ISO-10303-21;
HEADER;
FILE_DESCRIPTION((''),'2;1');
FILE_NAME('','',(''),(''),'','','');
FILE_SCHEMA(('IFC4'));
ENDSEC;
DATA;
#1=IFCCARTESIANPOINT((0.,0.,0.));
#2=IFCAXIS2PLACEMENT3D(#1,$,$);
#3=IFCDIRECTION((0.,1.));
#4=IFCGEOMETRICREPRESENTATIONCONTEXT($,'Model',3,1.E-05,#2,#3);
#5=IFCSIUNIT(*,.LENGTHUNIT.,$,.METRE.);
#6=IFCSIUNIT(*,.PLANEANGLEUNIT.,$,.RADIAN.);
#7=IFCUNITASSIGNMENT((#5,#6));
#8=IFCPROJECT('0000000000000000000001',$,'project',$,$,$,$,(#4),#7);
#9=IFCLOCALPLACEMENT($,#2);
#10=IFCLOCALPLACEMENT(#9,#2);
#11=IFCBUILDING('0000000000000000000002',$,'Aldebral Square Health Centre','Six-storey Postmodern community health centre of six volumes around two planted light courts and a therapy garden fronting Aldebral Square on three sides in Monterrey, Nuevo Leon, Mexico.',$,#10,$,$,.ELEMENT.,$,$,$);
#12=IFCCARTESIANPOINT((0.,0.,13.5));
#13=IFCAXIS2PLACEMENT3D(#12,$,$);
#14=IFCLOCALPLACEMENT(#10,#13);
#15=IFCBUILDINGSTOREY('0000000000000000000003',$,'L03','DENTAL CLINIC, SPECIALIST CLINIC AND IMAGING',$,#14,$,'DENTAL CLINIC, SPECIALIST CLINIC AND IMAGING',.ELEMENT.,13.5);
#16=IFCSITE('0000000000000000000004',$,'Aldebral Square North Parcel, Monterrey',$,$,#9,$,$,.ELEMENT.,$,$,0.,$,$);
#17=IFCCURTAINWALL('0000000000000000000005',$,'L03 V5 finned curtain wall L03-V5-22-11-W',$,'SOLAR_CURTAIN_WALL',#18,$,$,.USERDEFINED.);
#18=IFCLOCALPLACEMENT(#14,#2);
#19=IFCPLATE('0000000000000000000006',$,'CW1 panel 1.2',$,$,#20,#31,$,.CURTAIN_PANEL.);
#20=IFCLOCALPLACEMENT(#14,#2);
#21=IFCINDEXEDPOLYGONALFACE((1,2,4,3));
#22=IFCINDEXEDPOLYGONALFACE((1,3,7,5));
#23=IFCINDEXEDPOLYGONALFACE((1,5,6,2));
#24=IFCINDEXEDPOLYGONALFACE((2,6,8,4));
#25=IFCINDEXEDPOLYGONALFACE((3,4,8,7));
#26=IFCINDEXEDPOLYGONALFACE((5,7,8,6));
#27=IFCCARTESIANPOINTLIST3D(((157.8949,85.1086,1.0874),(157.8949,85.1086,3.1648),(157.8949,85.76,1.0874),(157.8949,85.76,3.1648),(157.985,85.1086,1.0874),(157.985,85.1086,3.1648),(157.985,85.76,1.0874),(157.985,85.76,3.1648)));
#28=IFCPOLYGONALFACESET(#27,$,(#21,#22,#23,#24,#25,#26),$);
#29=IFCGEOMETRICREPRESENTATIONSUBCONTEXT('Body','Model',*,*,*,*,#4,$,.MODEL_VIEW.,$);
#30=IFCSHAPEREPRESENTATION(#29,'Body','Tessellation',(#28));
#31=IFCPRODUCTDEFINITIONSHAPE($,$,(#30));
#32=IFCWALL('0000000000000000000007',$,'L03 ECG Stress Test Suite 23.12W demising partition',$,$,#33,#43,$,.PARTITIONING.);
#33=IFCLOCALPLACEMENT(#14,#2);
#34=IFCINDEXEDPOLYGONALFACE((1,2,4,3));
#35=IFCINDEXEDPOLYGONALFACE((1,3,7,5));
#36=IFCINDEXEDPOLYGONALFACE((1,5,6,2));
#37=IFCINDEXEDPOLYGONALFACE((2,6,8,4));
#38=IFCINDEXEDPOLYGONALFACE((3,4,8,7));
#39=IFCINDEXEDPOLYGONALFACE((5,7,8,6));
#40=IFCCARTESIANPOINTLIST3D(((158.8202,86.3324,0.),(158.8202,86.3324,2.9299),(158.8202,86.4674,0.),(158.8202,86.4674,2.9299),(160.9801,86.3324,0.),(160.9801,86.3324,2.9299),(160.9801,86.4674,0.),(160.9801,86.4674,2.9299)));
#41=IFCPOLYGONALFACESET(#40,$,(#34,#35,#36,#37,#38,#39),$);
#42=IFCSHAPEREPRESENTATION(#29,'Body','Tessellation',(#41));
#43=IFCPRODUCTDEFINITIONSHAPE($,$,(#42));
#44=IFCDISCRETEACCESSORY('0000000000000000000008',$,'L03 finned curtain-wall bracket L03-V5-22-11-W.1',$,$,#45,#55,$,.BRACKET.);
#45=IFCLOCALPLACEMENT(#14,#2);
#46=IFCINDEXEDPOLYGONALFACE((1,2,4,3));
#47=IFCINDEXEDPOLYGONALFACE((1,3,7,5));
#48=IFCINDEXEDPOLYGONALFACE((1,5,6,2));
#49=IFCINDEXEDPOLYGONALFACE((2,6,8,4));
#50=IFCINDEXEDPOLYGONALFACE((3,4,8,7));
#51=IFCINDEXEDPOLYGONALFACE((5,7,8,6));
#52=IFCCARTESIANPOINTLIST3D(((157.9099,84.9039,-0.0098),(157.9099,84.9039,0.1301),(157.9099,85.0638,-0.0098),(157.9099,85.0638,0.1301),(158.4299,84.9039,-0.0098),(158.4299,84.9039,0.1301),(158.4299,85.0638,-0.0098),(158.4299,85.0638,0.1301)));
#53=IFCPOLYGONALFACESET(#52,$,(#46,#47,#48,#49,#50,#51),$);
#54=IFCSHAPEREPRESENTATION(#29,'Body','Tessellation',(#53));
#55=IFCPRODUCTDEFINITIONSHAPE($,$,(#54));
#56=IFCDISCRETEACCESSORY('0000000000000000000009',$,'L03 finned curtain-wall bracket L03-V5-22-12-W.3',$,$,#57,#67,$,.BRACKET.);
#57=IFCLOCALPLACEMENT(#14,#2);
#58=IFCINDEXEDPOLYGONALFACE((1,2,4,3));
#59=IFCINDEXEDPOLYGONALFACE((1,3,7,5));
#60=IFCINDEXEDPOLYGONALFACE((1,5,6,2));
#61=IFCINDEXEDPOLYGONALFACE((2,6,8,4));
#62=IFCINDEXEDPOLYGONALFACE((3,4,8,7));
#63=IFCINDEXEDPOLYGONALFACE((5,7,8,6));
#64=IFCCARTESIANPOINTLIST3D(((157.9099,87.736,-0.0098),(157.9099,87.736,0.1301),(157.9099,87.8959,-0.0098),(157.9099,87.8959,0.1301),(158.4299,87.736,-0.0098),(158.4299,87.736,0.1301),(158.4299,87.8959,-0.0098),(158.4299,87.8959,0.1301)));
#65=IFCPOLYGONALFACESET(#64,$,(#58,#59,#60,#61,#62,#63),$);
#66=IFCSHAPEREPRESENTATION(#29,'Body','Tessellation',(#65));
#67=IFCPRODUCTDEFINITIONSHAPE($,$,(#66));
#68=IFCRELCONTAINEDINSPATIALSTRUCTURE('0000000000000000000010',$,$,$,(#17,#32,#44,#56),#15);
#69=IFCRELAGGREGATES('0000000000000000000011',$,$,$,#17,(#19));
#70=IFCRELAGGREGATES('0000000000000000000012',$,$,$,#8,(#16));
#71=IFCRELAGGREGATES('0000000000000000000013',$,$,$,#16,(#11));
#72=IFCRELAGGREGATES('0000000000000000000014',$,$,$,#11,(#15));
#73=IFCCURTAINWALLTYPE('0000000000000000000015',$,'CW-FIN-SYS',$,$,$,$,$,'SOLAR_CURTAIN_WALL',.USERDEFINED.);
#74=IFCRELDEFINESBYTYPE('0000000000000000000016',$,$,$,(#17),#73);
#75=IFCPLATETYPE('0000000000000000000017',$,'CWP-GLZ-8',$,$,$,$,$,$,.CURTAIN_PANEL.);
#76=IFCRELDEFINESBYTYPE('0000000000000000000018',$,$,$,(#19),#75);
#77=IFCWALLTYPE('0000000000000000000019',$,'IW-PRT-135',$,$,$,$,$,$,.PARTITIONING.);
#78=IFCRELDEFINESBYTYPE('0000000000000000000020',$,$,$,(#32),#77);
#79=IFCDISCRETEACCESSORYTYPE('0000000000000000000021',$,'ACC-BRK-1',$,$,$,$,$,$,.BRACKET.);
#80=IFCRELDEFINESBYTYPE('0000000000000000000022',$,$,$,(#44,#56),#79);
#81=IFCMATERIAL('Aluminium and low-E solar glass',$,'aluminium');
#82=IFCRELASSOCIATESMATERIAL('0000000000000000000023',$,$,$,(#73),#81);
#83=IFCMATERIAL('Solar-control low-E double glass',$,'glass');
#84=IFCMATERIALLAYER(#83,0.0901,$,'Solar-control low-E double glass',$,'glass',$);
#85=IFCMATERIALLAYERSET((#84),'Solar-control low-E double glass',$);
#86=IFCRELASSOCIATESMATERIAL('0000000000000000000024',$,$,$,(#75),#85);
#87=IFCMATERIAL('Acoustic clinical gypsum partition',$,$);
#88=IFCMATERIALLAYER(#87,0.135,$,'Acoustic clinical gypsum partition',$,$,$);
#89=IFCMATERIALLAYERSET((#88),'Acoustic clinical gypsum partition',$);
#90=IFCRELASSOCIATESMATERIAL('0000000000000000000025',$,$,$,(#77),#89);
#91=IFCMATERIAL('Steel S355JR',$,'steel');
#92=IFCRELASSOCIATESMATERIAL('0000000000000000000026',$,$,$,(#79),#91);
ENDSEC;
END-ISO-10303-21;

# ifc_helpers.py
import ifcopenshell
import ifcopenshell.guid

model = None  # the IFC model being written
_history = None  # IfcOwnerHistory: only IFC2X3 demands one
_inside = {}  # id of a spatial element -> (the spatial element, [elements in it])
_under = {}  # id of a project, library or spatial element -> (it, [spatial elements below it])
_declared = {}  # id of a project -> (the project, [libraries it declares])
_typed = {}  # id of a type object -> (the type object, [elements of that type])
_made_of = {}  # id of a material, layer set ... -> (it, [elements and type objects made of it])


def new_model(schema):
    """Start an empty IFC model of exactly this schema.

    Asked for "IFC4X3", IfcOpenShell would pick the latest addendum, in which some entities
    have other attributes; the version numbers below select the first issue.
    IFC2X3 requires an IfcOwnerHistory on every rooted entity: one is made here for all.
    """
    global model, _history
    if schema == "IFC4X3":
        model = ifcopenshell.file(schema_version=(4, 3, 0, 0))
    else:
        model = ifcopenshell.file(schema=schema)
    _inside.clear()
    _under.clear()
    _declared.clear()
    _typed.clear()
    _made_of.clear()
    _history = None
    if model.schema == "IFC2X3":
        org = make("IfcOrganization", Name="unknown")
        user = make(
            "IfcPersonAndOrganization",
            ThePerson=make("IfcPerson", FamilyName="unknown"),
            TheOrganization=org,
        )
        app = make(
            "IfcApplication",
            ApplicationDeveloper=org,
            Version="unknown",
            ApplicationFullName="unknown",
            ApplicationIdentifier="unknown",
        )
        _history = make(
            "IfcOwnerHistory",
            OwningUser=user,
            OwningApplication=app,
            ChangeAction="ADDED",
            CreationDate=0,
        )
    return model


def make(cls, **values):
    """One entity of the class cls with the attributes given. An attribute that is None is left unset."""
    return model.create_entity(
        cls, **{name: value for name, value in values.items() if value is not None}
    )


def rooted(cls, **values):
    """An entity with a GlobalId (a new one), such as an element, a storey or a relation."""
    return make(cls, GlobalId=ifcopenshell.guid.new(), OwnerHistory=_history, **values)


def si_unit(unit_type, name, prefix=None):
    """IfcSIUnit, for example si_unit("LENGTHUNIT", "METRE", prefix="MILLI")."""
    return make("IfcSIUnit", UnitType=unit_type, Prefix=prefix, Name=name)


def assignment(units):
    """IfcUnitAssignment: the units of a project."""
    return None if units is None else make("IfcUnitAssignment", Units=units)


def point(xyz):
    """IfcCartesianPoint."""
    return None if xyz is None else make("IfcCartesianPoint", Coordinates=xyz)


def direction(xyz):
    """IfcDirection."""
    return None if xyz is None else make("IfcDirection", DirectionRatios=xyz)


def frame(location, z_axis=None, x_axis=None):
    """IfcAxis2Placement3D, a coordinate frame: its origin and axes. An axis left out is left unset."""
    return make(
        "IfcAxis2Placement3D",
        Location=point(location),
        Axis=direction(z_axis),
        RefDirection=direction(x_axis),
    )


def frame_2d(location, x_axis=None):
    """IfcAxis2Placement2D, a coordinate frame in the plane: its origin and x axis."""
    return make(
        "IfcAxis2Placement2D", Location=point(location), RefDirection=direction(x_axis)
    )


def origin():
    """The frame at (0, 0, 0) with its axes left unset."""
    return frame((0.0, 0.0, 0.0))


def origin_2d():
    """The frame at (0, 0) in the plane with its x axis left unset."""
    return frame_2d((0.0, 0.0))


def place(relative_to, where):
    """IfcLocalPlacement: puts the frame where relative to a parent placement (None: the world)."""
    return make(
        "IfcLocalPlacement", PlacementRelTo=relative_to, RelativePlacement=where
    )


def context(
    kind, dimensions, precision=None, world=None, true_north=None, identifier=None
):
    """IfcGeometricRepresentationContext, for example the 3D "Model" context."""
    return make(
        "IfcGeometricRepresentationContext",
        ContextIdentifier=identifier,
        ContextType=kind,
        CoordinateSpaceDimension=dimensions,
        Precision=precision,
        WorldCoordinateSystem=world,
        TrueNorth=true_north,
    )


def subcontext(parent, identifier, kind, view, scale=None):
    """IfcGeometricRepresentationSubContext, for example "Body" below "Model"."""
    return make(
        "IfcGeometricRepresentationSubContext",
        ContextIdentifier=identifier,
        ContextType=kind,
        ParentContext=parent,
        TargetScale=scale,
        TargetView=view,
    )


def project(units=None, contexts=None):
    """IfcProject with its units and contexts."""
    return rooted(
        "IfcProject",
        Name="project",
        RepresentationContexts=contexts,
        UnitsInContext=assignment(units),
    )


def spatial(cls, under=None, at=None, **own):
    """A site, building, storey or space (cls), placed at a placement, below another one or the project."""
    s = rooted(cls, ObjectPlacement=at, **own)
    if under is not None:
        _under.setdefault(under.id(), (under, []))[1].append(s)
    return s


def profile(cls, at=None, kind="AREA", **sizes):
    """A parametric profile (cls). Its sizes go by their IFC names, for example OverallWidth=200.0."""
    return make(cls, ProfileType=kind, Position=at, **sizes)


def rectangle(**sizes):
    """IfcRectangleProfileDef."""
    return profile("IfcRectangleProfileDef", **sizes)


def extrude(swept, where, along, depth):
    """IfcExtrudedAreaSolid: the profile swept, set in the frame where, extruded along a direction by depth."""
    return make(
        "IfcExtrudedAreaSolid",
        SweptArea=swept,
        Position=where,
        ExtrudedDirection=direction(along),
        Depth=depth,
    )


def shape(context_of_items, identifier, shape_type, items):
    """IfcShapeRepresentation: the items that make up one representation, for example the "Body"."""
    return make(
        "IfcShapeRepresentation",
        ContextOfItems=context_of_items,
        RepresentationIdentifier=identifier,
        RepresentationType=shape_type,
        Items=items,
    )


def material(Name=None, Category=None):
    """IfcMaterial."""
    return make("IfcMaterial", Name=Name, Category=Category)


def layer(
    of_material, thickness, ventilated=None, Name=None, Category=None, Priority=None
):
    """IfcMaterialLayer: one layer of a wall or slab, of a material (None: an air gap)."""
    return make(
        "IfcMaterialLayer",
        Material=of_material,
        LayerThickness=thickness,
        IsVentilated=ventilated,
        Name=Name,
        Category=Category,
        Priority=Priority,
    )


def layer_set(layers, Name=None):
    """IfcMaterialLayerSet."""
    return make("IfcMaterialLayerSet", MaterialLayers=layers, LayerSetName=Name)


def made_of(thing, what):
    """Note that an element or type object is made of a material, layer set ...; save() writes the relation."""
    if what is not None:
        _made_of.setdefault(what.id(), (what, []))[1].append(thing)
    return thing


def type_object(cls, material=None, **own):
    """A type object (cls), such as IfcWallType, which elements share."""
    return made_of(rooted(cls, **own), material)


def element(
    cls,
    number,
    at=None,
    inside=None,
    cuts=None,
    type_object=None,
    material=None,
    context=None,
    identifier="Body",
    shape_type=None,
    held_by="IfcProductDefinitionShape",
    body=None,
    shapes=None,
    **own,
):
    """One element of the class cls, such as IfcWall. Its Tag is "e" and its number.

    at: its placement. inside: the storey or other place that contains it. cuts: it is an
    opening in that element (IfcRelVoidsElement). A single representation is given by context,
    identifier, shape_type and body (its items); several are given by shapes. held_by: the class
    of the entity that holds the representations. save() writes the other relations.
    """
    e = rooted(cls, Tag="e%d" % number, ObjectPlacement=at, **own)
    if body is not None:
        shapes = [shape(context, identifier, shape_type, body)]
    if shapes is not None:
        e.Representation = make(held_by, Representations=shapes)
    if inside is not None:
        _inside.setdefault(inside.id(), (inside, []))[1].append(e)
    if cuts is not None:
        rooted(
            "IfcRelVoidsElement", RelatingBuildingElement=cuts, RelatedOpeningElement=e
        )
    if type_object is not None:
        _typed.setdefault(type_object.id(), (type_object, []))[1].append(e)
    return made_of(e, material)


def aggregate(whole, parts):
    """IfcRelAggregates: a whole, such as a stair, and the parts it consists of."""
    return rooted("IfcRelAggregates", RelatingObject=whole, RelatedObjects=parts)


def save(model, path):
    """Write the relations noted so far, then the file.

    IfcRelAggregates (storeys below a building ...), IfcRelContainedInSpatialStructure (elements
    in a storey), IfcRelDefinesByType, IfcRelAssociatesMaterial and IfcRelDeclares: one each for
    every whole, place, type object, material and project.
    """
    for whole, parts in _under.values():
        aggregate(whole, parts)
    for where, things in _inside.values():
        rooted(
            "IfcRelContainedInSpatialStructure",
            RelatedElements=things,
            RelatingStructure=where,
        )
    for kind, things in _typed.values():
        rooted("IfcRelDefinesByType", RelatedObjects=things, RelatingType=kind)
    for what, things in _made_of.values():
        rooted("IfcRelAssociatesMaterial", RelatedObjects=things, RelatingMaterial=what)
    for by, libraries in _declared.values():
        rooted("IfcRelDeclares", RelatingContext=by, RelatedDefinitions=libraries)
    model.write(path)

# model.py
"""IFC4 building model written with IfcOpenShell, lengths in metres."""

from ifc_helpers import new_model, si_unit, direction, frame, frame_2d, origin, origin_2d, place, context, subcontext, project, spatial, rectangle, extrude, material, layer, layer_set, type_object, element, aggregate, save


model = new_model("IFC4")

# Units and contexts
model_context = context("Model", 3, precision=1e-05, world=origin(), true_north=direction((0.0, 1.0)))
body_context = subcontext(model_context, "Body", "Model", "MODEL_VIEW")
ifc_project = project(units=[si_unit("LENGTHUNIT", "METRE"), si_unit("PLANEANGLEUNIT", "RADIAN")], contexts=[model_context])

# Site, building, storey
site_placement = place(None, origin())
site = spatial("IfcSite", under=ifc_project, at=site_placement, Name="Aldebral Square North Parcel, Monterrey", CompositionType="ELEMENT", RefElevation=0.0)
building_placement = place(site_placement, origin())
building = spatial("IfcBuilding", under=site, at=building_placement, Name="Aldebral Square Health Centre", Description="Six-storey Postmodern community health centre of six volumes around two planted light courts and a therapy garden fronting Aldebral Square on three sides in Monterrey, Nuevo Leon, Mexico.", CompositionType="ELEMENT")
storey_placement = place(building_placement, frame((0.0, 0.0, 13.5)))
storey = spatial("IfcBuildingStorey", under=building, at=storey_placement, Name="L03", Description="DENTAL CLINIC, SPECIALIST CLINIC AND IMAGING", LongName="DENTAL CLINIC, SPECIALIST CLINIC AND IMAGING", CompositionType="ELEMENT", Elevation=13.5)

# Curtain wall
ifc_material_1 = material(Name="Aluminium and low-E solar glass", Category="aluminium")
curtain_wall_type = type_object("IfcCurtainWallType", Name="CW-FIN-SYS", ElementType="SOLAR_CURTAIN_WALL", PredefinedType="USERDEFINED", material=ifc_material_1)
curtain_wall_1_placement = place(storey_placement, origin())
curtain_wall_1 = element("IfcCurtainWall", 1, at=curtain_wall_1_placement, inside=storey, type_object=curtain_wall_type, Name="L03 V5 finned curtain wall L03-V5-22-11-W", ObjectType="SOLAR_CURTAIN_WALL", PredefinedType="USERDEFINED")

# Plate
ifc_material_2 = material(Name="Solar-control low-E double glass", Category="glass")
ifc_layer_1 = layer(ifc_material_2, 0.0901, Name="Solar-control low-E double glass", Category="glass")
ifc_layer_set_1 = layer_set([ifc_layer_1], Name="Solar-control low-E double glass")
plate_type_1 = type_object("IfcPlateType", Name="CWP-GLZ-8", PredefinedType="CURTAIN_PANEL", material=ifc_layer_set_1)
plate_1_placement = place(storey_placement, frame((157.9399, 85.4343, 1.0874), z_axis=(0.0, 0.0, 1.0), x_axis=(0.0, -1.0, 0.0)))
plate_1 = element("IfcPlate", 2, at=plate_1_placement, type_object=plate_type_1, Name="CW1 panel 1.2", PredefinedType="CURTAIN_PANEL", context=body_context, shape_type="SweptSolid", body=[
    extrude(rectangle(XDim=0.6514, YDim=0.0901, at=origin_2d()), origin(), (0.0, 0.0, 1.0), 2.0774),
])
aggregate(curtain_wall_1, [plate_1])

# Wall
ifc_material_3 = material(Name="Acoustic clinical gypsum partition")
ifc_layer_2 = layer(ifc_material_3, 0.135, Name="Acoustic clinical gypsum partition")
ifc_layer_set_2 = layer_set([ifc_layer_2], Name="Acoustic clinical gypsum partition")
wall_type = type_object("IfcWallType", Name="IW-PRT-135", PredefinedType="PARTITIONING", material=ifc_layer_set_2)
wall_placement = place(storey_placement, frame((158.8201, 86.3999, 0.0), z_axis=(0.0, 0.0, 1.0), x_axis=(1.0, 0.0, 0.0)))
element("IfcWall", 3, at=wall_placement, inside=storey, type_object=wall_type, Name="L03 ECG Stress Test Suite 23.12W demising partition", PredefinedType="PARTITIONING", context=body_context, shape_type="SweptSolid", body=[
    extrude(rectangle(XDim=2.1599, YDim=0.135, at=frame_2d((1.0801, 0.0))), origin(), (0.0, 0.0, 1.0), 2.9299),
])

# Discrete accessories
ifc_material_4 = material(Name="Steel S355JR", Category="steel")
discrete_accessory_type = type_object("IfcDiscreteAccessoryType", Name="ACC-BRK-1", PredefinedType="BRACKET", material=ifc_material_4)
for number, where, z_axis, x_axis, name in (
    (4, (158.1699, 84.9839, -0.0098), (0.0, 0.0, 1.0), (0.0, 1.0, 0.0), "L03 finned curtain-wall bracket L03-V5-22-11-W.1"),
    (5, (158.1699, 87.8159, -0.0098), (0.0, 0.0, 1.0), (0.0, 1.0, 0.0), "L03 finned curtain-wall bracket L03-V5-22-12-W.3"),
):
    element("IfcDiscreteAccessory", number, at=place(storey_placement, frame(where, z_axis=z_axis, x_axis=x_axis)), inside=storey, type_object=discrete_accessory_type, Name=name, PredefinedType="BRACKET", context=body_context, shape_type="SweptSolid", body=[
        extrude(rectangle(XDim=0.1599, YDim=0.52, at=origin_2d()), origin(), (0.0, 0.0, 1.0), 0.1399),
    ])

save(model, "model.ifc")
